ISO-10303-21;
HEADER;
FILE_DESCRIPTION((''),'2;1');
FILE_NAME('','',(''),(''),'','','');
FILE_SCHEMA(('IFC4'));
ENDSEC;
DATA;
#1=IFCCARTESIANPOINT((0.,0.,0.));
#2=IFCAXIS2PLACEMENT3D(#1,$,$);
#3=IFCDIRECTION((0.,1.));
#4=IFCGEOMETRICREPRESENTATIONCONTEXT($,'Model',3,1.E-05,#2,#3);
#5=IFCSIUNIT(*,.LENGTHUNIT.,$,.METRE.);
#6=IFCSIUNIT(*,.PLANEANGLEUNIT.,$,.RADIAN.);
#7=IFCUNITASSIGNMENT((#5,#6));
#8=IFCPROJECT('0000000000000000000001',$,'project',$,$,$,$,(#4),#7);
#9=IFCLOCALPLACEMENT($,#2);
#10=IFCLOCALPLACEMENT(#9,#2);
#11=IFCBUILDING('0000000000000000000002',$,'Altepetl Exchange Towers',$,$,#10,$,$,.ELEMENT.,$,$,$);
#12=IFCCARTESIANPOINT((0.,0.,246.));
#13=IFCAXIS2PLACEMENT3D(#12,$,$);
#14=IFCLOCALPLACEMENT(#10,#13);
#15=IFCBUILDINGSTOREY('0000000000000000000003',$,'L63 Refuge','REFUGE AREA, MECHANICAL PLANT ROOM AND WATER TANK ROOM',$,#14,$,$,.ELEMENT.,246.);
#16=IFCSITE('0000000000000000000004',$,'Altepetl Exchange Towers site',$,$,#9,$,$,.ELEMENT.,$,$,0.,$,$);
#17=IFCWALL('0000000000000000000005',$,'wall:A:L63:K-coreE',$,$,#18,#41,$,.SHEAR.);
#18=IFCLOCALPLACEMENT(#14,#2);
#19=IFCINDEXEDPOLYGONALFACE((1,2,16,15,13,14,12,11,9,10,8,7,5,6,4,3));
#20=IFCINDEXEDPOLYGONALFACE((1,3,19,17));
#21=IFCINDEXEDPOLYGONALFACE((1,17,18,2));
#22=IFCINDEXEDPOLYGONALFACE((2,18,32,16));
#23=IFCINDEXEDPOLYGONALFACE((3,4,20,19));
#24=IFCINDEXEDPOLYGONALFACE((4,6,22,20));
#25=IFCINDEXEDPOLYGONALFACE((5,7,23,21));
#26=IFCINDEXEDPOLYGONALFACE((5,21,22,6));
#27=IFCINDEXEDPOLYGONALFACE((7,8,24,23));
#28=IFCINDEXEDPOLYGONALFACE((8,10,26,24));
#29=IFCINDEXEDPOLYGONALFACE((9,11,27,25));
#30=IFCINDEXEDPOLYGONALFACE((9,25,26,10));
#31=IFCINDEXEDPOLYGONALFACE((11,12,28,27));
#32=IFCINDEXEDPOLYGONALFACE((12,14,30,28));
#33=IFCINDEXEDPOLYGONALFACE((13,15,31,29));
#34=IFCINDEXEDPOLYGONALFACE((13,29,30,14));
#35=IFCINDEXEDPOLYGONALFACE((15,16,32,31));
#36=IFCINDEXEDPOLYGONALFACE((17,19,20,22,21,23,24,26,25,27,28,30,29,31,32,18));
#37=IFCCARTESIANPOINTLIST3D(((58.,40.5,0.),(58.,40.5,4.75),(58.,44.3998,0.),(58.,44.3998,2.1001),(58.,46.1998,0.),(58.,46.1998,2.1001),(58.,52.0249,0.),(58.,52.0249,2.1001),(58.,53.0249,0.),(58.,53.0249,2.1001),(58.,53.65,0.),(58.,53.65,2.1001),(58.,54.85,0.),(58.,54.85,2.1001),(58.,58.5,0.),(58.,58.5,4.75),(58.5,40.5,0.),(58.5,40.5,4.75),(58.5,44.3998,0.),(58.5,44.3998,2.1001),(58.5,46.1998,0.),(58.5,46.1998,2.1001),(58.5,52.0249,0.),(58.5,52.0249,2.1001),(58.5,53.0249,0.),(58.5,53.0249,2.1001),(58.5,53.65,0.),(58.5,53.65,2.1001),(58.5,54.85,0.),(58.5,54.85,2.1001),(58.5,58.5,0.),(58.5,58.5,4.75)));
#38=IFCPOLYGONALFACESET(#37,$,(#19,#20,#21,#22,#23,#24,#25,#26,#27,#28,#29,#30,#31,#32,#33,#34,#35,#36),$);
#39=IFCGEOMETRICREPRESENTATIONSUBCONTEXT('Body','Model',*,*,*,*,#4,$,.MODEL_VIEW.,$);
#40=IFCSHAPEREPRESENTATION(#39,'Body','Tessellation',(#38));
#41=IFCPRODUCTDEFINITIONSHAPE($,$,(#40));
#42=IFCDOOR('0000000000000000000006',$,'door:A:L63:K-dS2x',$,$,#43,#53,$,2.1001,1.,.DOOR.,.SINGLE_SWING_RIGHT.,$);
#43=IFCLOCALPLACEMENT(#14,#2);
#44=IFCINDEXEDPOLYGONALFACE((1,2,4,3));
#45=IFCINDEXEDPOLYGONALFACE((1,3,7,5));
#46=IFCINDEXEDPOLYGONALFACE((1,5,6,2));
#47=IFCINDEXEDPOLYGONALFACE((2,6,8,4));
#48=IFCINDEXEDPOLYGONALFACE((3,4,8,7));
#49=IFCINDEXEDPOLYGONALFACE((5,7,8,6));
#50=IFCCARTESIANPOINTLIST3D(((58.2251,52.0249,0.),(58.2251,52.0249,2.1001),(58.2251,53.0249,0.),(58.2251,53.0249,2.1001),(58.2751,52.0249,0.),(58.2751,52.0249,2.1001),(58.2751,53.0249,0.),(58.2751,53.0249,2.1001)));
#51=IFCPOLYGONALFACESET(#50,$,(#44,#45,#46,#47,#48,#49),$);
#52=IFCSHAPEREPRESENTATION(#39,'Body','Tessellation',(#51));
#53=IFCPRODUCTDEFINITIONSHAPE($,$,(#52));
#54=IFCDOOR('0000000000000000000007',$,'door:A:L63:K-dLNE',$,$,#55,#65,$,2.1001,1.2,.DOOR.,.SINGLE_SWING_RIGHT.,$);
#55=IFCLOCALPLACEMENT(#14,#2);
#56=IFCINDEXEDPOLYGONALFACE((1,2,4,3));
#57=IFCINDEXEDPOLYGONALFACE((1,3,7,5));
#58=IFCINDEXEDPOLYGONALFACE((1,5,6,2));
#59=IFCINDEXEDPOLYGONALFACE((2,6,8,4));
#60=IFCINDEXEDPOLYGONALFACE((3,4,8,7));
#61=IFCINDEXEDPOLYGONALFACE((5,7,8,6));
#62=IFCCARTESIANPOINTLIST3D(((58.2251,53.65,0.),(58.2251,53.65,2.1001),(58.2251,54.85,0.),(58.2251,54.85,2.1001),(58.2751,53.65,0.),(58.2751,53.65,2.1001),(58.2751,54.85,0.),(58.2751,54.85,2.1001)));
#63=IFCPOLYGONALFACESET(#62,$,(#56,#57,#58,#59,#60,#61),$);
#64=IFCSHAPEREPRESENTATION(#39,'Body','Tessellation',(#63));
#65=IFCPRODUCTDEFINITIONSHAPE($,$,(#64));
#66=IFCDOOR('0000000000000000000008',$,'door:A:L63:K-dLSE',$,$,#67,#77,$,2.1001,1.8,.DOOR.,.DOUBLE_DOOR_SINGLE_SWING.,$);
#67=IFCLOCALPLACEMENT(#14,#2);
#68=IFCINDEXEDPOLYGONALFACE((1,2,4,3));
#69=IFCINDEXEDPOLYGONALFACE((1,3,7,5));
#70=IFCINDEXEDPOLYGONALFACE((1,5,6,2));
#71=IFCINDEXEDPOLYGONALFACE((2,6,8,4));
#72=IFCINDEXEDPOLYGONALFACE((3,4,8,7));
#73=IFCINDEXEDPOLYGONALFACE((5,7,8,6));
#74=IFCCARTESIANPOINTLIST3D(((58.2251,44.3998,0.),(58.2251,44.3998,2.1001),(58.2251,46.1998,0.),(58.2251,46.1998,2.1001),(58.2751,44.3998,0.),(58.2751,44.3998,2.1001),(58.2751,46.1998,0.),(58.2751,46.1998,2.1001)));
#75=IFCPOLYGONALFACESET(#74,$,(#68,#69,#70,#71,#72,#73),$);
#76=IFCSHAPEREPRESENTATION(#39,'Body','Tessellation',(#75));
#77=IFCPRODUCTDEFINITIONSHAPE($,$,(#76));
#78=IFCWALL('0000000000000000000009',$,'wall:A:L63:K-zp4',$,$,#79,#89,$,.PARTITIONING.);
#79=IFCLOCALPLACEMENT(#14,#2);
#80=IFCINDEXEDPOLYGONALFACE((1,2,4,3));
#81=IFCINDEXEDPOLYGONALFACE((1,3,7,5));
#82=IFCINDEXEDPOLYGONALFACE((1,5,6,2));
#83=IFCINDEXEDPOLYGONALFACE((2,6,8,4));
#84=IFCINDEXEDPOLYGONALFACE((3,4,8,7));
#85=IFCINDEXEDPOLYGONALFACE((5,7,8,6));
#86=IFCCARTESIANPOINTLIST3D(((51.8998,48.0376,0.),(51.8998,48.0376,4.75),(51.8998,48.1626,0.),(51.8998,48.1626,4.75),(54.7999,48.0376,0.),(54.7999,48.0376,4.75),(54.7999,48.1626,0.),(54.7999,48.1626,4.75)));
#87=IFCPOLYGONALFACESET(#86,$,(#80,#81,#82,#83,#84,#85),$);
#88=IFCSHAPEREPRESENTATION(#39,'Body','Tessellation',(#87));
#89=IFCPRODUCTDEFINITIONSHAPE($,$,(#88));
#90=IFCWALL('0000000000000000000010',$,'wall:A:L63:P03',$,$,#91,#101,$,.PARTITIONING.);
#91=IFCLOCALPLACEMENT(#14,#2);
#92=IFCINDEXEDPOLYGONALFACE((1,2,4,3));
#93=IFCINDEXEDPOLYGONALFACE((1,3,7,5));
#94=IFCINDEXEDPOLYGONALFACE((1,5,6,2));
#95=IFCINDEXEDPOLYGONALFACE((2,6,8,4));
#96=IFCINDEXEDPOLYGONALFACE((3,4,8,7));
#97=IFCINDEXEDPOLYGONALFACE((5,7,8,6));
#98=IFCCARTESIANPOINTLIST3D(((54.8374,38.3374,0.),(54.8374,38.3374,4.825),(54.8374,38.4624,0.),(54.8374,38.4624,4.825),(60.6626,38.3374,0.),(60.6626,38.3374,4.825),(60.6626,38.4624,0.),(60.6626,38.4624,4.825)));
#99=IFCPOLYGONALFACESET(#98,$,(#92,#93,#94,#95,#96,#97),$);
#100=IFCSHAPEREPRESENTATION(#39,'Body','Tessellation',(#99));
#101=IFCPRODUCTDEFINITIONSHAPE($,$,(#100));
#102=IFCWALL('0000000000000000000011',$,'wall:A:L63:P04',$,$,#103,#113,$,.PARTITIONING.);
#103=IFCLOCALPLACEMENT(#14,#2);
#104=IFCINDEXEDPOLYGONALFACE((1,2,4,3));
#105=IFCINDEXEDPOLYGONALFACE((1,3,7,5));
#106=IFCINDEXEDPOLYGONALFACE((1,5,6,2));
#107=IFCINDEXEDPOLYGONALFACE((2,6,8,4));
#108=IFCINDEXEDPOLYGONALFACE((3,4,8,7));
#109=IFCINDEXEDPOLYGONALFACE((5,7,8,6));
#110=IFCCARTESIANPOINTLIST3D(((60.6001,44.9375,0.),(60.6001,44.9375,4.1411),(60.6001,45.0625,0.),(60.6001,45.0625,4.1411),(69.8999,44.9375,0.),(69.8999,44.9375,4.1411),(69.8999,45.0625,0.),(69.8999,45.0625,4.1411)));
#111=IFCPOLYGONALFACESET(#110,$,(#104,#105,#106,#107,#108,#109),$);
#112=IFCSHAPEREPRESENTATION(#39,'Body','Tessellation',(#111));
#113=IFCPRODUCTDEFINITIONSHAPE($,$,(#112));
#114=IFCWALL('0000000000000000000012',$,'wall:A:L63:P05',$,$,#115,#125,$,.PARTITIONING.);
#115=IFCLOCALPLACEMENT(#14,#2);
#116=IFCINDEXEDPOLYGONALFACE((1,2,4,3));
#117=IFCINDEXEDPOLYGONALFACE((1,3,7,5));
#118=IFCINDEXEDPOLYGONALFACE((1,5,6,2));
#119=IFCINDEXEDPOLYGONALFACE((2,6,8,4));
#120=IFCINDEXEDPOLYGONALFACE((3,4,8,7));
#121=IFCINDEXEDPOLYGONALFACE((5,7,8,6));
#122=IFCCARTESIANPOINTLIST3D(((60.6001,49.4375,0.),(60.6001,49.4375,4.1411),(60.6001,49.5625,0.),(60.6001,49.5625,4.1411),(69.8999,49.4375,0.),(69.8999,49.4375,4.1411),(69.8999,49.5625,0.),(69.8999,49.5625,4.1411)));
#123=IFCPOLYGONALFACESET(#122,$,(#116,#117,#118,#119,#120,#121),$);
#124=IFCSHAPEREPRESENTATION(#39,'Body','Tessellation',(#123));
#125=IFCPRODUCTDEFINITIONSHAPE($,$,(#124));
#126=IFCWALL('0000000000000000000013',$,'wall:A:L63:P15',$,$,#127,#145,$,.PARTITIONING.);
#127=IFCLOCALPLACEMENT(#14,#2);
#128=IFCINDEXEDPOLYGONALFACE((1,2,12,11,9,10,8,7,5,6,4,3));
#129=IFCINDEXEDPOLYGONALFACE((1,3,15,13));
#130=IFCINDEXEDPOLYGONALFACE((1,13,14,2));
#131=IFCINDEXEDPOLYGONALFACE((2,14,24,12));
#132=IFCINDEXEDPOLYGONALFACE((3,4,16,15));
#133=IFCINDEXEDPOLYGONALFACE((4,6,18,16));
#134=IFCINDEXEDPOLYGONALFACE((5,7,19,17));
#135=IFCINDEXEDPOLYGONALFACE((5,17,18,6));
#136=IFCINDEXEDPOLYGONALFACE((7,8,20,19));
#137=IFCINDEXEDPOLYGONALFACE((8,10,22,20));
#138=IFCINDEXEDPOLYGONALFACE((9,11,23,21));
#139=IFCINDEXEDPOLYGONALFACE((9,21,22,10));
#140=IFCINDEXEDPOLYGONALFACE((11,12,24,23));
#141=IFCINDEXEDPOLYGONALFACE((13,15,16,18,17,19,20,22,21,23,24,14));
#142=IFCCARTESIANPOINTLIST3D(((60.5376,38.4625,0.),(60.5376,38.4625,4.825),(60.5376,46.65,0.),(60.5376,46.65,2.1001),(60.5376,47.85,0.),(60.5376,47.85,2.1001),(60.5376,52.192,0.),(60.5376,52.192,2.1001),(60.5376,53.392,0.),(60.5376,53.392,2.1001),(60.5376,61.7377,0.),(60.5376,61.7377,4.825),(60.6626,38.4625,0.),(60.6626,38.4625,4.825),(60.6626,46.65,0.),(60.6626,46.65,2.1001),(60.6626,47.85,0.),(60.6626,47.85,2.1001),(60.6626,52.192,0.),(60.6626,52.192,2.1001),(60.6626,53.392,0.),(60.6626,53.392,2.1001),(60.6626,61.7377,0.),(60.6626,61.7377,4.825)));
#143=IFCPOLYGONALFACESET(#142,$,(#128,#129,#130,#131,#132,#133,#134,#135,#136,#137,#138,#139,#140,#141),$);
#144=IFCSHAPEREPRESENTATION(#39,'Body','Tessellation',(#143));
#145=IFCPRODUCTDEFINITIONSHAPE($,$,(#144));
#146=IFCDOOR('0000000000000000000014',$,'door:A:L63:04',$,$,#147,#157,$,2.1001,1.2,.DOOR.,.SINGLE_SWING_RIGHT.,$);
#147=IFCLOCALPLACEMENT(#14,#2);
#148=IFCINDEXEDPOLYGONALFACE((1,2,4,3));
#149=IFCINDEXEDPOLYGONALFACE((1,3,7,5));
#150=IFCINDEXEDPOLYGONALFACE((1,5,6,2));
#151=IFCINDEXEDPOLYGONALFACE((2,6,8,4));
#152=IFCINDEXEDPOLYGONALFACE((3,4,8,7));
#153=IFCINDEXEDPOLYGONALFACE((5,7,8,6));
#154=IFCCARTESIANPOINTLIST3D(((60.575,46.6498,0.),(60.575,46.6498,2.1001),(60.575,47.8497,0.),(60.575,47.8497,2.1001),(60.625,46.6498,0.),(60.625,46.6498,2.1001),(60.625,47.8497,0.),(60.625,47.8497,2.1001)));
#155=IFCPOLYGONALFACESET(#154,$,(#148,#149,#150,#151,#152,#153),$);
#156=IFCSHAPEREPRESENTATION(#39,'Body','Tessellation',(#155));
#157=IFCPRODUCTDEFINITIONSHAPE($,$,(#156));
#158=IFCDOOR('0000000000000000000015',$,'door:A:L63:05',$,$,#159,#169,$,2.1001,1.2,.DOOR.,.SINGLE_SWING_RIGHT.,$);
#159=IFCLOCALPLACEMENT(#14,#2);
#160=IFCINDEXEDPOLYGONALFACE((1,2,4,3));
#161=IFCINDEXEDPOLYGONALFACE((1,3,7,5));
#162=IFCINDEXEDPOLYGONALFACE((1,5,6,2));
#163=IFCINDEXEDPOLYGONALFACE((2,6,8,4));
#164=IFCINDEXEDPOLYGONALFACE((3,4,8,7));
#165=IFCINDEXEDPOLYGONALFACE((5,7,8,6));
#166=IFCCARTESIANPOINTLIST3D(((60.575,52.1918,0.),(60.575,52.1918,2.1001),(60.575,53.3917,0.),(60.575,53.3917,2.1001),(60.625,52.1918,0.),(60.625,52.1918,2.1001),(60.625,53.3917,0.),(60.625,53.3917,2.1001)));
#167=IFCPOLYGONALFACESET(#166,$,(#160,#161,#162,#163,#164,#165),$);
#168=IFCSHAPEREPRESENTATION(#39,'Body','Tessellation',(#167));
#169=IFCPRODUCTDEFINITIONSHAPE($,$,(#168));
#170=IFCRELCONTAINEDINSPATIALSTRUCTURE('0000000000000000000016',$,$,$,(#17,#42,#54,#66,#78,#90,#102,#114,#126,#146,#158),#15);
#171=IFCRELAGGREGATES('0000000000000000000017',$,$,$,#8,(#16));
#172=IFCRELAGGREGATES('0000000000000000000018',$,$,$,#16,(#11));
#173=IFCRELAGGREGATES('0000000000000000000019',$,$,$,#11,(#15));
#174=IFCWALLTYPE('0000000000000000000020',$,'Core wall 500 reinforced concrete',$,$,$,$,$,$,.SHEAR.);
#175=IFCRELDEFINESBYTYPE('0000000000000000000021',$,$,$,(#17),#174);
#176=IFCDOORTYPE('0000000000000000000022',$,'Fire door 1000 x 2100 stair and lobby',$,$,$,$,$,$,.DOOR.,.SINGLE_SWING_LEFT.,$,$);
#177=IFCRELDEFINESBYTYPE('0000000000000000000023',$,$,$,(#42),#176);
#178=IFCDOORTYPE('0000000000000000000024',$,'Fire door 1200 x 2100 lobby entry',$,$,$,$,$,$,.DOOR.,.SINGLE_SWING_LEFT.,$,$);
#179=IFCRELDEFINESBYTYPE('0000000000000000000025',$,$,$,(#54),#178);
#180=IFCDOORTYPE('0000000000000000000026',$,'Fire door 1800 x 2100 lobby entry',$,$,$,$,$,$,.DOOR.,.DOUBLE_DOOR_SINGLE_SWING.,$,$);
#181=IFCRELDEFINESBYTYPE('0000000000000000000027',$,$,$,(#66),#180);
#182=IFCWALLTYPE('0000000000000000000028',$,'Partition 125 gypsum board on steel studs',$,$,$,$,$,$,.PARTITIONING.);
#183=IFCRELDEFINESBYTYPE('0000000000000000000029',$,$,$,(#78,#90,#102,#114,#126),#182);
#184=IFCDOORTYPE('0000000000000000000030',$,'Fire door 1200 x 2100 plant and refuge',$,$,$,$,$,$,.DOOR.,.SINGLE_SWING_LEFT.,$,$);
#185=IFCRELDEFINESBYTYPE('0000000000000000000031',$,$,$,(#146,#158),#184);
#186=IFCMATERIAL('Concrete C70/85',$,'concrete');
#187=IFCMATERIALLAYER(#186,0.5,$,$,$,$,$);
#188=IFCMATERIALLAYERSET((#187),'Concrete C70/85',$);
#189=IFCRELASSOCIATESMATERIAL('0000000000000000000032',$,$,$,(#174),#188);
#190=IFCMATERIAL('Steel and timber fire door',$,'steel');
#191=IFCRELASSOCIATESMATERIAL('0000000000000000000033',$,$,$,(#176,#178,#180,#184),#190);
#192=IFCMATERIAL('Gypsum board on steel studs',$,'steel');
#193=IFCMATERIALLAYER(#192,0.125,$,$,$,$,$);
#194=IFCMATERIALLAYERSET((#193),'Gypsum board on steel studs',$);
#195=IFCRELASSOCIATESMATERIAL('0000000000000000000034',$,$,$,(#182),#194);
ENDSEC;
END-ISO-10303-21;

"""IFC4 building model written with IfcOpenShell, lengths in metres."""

from ifc_helpers import new_model, si_unit, direction, frame, frame_2d, origin, place, context, subcontext, project, spatial, rectangle, extrude, material, layer, layer_set, type_object, element, fill, save


model = new_model("IFC4")

# Units and contexts
model_context = context("Model", 3, precision=1e-05, world=origin(), true_north=direction((0.0, 1.0)))
body_context = subcontext(model_context, "Body", "Model", "MODEL_VIEW")
ifc_project = project(units=[si_unit("LENGTHUNIT", "METRE"), si_unit("PLANEANGLEUNIT", "RADIAN")], contexts=[model_context])

# Site, building, storey
site_placement = place(None, origin())
site = spatial("IfcSite", under=ifc_project, at=site_placement, Name="Altepetl Exchange Towers site", CompositionType="ELEMENT", RefElevation=0.0)
building_placement = place(site_placement, origin())
building = spatial("IfcBuilding", under=site, at=building_placement, Name="Altepetl Exchange Towers", CompositionType="ELEMENT")
storey_placement = place(building_placement, frame((0.0, 0.0, 246.0)))
storey = spatial("IfcBuildingStorey", under=building, at=storey_placement, Name="L63 Refuge", Description="REFUGE AREA, MECHANICAL PLANT ROOM AND WATER TANK ROOM", CompositionType="ELEMENT", Elevation=246.0)

# Shared definitions
ifc_material_1 = material(Name="Concrete C70/85", Category="concrete")

# Wall, openings, doors
ifc_layer_1 = layer(ifc_material_1, 0.5)
ifc_layer_set_1 = layer_set([ifc_layer_1], Name="Concrete C70/85")
wall_type_1 = type_object("IfcWallType", Name="Core wall 500 reinforced concrete", PredefinedType="SHEAR", material=ifc_layer_set_1)
wall_1_placement = place(storey_placement, frame((58.25, 40.5, 0.0), z_axis=(0.0, 0.0, 1.0), x_axis=(0.0, 1.0, 0.0)))
wall_1 = element("IfcWall", 1, at=wall_1_placement, inside=storey, type_object=wall_type_1, Name="wall:A:L63:K-coreE", PredefinedType="SHEAR", context=body_context, shape_type="SweptSolid", body=[
    extrude(rectangle(XDim=18.0, YDim=0.5, at=frame_2d((9.0, 0.0))), origin(), (0.0, 0.0, 1.0), 4.75),
])
opening_1_placement = place(wall_1_placement, frame((13.1499, 0.0, 0.0)))
opening_1 = element("IfcOpeningElement", 2, at=opening_1_placement, cuts=wall_1, PredefinedType="OPENING", context=body_context, shape_type="SweptSolid", body=[
    extrude(rectangle(XDim=1.2, YDim=2.1001, at=frame_2d((0.6001, 1.05))), frame((0.0, 0.26, 0.0), z_axis=(0.0, -1.0, 0.0), x_axis=(1.0, 0.0, 0.0)), (0.0, 0.0, 1.0), 0.52),
])
opening_2_placement = place(wall_1_placement, frame((3.8999, 0.0, 0.0)))
opening_2 = element("IfcOpeningElement", 3, at=opening_2_placement, cuts=wall_1, PredefinedType="OPENING", context=body_context, shape_type="SweptSolid", body=[
    extrude(rectangle(XDim=1.8, YDim=2.1001, at=frame_2d((0.8999, 1.05))), frame((0.0, 0.26, 0.0), z_axis=(0.0, -1.0, 0.0), x_axis=(1.0, 0.0, 0.0)), (0.0, 0.0, 1.0), 0.52),
])
opening_3_placement = place(wall_1_placement, frame((11.5249, 0.0, 0.0)))
opening_3 = element("IfcOpeningElement", 4, at=opening_3_placement, cuts=wall_1, PredefinedType="OPENING", context=body_context, shape_type="SweptSolid", body=[
    extrude(rectangle(XDim=1.0, YDim=2.1001, at=frame_2d((0.5, 1.05))), frame((0.0, 0.26, 0.0), z_axis=(0.0, -1.0, 0.0), x_axis=(1.0, 0.0, 0.0)), (0.0, 0.0, 1.0), 0.52),
])
ifc_material_2 = material(Name="Steel and timber fire door", Category="steel")
door_type_1 = type_object("IfcDoorType", Name="Fire door 1000 x 2100 stair and lobby", OperationType="SINGLE_SWING_LEFT", PredefinedType="DOOR", material=ifc_material_2)
door_1_placement = place(opening_3_placement, origin())
door_1 = element("IfcDoor", 5, at=door_1_placement, inside=storey, type_object=door_type_1, Name="door:A:L63:K-dS2x", OperationType="SINGLE_SWING_RIGHT", OverallHeight=2.1001, OverallWidth=1.0, PredefinedType="DOOR", context=body_context, shape_type="SweptSolid", body=[
    extrude(rectangle(XDim=1.0, YDim=2.1001, at=frame_2d((0.5, 1.05))), frame((0.0, 0.0249, 0.0), z_axis=(0.0, -1.0, 0.0), x_axis=(1.0, 0.0, 0.0)), (0.0, 0.0, 1.0), 0.05),
])
fill(opening_3, door_1)
door_type_2 = type_object("IfcDoorType", Name="Fire door 1200 x 2100 lobby entry", OperationType="SINGLE_SWING_LEFT", PredefinedType="DOOR", material=ifc_material_2)
door_2_placement = place(opening_1_placement, origin())
door_2 = element("IfcDoor", 6, at=door_2_placement, inside=storey, type_object=door_type_2, Name="door:A:L63:K-dLNE", OperationType="SINGLE_SWING_RIGHT", OverallHeight=2.1001, OverallWidth=1.2, PredefinedType="DOOR", context=body_context, shape_type="SweptSolid", body=[
    extrude(rectangle(XDim=1.2, YDim=2.1001, at=frame_2d((0.6001, 1.05))), frame((0.0, 0.0249, 0.0), z_axis=(0.0, -1.0, 0.0), x_axis=(1.0, 0.0, 0.0)), (0.0, 0.0, 1.0), 0.05),
])
fill(opening_1, door_2)
door_type_3 = type_object("IfcDoorType", Name="Fire door 1800 x 2100 lobby entry", OperationType="DOUBLE_DOOR_SINGLE_SWING", PredefinedType="DOOR", material=ifc_material_2)
door_3_placement = place(opening_2_placement, origin())
door_3 = element("IfcDoor", 7, at=door_3_placement, inside=storey, type_object=door_type_3, Name="door:A:L63:K-dLSE", OperationType="DOUBLE_DOOR_SINGLE_SWING", OverallHeight=2.1001, OverallWidth=1.8, PredefinedType="DOOR", context=body_context, shape_type="SweptSolid", body=[
    extrude(rectangle(XDim=1.8, YDim=2.1001, at=frame_2d((0.8999, 1.05))), frame((0.0, 0.0249, 0.0), z_axis=(0.0, -1.0, 0.0), x_axis=(1.0, 0.0, 0.0)), (0.0, 0.0, 1.0), 0.05),
])
fill(opening_2, door_3)

# Walls
ifc_material_3 = material(Name="Gypsum board on steel studs", Category="steel")
ifc_layer_2 = layer(ifc_material_3, 0.125)
ifc_layer_set_2 = layer_set([ifc_layer_2], Name="Gypsum board on steel studs")
wall_type_2 = type_object("IfcWallType", Name="Partition 125 gypsum board on steel studs", PredefinedType="PARTITIONING", material=ifc_layer_set_2)
wall_2_placement = place(storey_placement, frame((54.8, 48.1001, 0.0), z_axis=(0.0, 0.0, 1.0), x_axis=(-1.0, 0.0, 0.0)))
element("IfcWall", 8, at=wall_2_placement, inside=storey, type_object=wall_type_2, Name="wall:A:L63:K-zp4", PredefinedType="PARTITIONING", context=body_context, shape_type="SweptSolid", body=[
    extrude(rectangle(XDim=2.9001, YDim=0.125, at=frame_2d((1.4502, 0.0))), origin(), (0.0, 0.0, 1.0), 4.75),
])
wall_3_placement = place(storey_placement, frame((54.8374, 38.3999, 0.0)))
element("IfcWall", 9, at=wall_3_placement, inside=storey, type_object=wall_type_2, Name="wall:A:L63:P03", PredefinedType="PARTITIONING", context=body_context, shape_type="SweptSolid", body=[
    extrude(rectangle(XDim=5.8252, YDim=0.125, at=frame_2d((2.9126, 0.0))), origin(), (0.0, 0.0, 1.0), 4.825),
])
for number, where, name in (
    (10, (60.6001, 45.0, 0.0), "wall:A:L63:P04"),
    (11, (60.6001, 49.5, 0.0), "wall:A:L63:P05"),
):
    element("IfcWall", number, at=place(storey_placement, frame(where)), inside=storey, type_object=wall_type_2, Name=name, PredefinedType="PARTITIONING", context=body_context, shape_type="SweptSolid", body=[
        extrude(rectangle(XDim=9.2998, YDim=0.125, at=frame_2d((4.6499, 0.0))), origin(), (0.0, 0.0, 1.0), 4.1411),
    ])

# Wall, openings, doors
wall_4_placement = place(storey_placement, frame((60.6001, 38.4624, 0.0), z_axis=(0.0, 0.0, 1.0), x_axis=(0.0, 1.0, 0.0)))
wall_4 = element("IfcWall", 12, at=wall_4_placement, inside=storey, type_object=wall_type_2, Name="wall:A:L63:P15", PredefinedType="PARTITIONING", context=body_context, shape_type="SweptSolid", body=[
    extrude(rectangle(XDim=23.2751, YDim=0.125, at=frame_2d((11.6377, 0.0))), origin(), (0.0, 0.0, 1.0), 4.825),
])
opening_4_placement = place(wall_4_placement, frame((8.1875, 0.0, 0.0)))
opening_4 = element("IfcOpeningElement", 13, at=opening_4_placement, cuts=wall_4, PredefinedType="OPENING", context=body_context, shape_type="SweptSolid", body=[
    extrude(rectangle(XDim=1.2, YDim=2.1001, at=frame_2d((0.6001, 1.05))), frame((0.0, 0.0725, 0.0), z_axis=(0.0, -1.0, 0.0), x_axis=(1.0, 0.0, 0.0)), (0.0, 0.0, 1.0), 0.145),
])
opening_5_placement = place(wall_4_placement, frame((13.7295, 0.0, 0.0)))
opening_5 = element("IfcOpeningElement", 14, at=opening_5_placement, cuts=wall_4, PredefinedType="OPENING", context=body_context, shape_type="SweptSolid", body=[
    extrude(rectangle(XDim=1.2, YDim=2.1001, at=frame_2d((0.6001, 1.05))), frame((0.0, 0.0725, 0.0), z_axis=(0.0, -1.0, 0.0), x_axis=(1.0, 0.0, 0.0)), (0.0, 0.0, 1.0), 0.145),
])
door_type_4 = type_object("IfcDoorType", Name="Fire door 1200 x 2100 plant and refuge", OperationType="SINGLE_SWING_LEFT", PredefinedType="DOOR", material=ifc_material_2)
door_4_placement = place(opening_4_placement, frame((1.2, 0.0, 0.0), x_axis=(-1.0, 0.0, 0.0)))
door_4 = element("IfcDoor", 15, at=door_4_placement, inside=storey, type_object=door_type_4, Name="door:A:L63:04", OperationType="SINGLE_SWING_RIGHT", OverallHeight=2.1001, OverallWidth=1.2, PredefinedType="DOOR", context=body_context, shape_type="SweptSolid", body=[
    extrude(rectangle(XDim=1.2, YDim=2.1001, at=frame_2d((0.6001, 1.05))), frame((0.0, 0.0249, 0.0), z_axis=(0.0, -1.0, 0.0), x_axis=(1.0, 0.0, 0.0)), (0.0, 0.0, 1.0), 0.05),
])
fill(opening_4, door_4)
door_5_placement = place(opening_5_placement, frame((1.2, 0.0, 0.0), x_axis=(-1.0, 0.0, 0.0)))
door_5 = element("IfcDoor", 16, at=door_5_placement, inside=storey, type_object=door_type_4, Name="door:A:L63:05", OperationType="SINGLE_SWING_RIGHT", OverallHeight=2.1001, OverallWidth=1.2, PredefinedType="DOOR", context=body_context, shape_type="SweptSolid", body=[
    extrude(rectangle(XDim=1.2, YDim=2.1001, at=frame_2d((0.6001, 1.05))), frame((0.0, 0.0249, 0.0), z_axis=(0.0, -1.0, 0.0), x_axis=(1.0, 0.0, 0.0)), (0.0, 0.0, 1.0), 0.05),
])
fill(opening_5, door_5)

save(model, "model.ifc")
